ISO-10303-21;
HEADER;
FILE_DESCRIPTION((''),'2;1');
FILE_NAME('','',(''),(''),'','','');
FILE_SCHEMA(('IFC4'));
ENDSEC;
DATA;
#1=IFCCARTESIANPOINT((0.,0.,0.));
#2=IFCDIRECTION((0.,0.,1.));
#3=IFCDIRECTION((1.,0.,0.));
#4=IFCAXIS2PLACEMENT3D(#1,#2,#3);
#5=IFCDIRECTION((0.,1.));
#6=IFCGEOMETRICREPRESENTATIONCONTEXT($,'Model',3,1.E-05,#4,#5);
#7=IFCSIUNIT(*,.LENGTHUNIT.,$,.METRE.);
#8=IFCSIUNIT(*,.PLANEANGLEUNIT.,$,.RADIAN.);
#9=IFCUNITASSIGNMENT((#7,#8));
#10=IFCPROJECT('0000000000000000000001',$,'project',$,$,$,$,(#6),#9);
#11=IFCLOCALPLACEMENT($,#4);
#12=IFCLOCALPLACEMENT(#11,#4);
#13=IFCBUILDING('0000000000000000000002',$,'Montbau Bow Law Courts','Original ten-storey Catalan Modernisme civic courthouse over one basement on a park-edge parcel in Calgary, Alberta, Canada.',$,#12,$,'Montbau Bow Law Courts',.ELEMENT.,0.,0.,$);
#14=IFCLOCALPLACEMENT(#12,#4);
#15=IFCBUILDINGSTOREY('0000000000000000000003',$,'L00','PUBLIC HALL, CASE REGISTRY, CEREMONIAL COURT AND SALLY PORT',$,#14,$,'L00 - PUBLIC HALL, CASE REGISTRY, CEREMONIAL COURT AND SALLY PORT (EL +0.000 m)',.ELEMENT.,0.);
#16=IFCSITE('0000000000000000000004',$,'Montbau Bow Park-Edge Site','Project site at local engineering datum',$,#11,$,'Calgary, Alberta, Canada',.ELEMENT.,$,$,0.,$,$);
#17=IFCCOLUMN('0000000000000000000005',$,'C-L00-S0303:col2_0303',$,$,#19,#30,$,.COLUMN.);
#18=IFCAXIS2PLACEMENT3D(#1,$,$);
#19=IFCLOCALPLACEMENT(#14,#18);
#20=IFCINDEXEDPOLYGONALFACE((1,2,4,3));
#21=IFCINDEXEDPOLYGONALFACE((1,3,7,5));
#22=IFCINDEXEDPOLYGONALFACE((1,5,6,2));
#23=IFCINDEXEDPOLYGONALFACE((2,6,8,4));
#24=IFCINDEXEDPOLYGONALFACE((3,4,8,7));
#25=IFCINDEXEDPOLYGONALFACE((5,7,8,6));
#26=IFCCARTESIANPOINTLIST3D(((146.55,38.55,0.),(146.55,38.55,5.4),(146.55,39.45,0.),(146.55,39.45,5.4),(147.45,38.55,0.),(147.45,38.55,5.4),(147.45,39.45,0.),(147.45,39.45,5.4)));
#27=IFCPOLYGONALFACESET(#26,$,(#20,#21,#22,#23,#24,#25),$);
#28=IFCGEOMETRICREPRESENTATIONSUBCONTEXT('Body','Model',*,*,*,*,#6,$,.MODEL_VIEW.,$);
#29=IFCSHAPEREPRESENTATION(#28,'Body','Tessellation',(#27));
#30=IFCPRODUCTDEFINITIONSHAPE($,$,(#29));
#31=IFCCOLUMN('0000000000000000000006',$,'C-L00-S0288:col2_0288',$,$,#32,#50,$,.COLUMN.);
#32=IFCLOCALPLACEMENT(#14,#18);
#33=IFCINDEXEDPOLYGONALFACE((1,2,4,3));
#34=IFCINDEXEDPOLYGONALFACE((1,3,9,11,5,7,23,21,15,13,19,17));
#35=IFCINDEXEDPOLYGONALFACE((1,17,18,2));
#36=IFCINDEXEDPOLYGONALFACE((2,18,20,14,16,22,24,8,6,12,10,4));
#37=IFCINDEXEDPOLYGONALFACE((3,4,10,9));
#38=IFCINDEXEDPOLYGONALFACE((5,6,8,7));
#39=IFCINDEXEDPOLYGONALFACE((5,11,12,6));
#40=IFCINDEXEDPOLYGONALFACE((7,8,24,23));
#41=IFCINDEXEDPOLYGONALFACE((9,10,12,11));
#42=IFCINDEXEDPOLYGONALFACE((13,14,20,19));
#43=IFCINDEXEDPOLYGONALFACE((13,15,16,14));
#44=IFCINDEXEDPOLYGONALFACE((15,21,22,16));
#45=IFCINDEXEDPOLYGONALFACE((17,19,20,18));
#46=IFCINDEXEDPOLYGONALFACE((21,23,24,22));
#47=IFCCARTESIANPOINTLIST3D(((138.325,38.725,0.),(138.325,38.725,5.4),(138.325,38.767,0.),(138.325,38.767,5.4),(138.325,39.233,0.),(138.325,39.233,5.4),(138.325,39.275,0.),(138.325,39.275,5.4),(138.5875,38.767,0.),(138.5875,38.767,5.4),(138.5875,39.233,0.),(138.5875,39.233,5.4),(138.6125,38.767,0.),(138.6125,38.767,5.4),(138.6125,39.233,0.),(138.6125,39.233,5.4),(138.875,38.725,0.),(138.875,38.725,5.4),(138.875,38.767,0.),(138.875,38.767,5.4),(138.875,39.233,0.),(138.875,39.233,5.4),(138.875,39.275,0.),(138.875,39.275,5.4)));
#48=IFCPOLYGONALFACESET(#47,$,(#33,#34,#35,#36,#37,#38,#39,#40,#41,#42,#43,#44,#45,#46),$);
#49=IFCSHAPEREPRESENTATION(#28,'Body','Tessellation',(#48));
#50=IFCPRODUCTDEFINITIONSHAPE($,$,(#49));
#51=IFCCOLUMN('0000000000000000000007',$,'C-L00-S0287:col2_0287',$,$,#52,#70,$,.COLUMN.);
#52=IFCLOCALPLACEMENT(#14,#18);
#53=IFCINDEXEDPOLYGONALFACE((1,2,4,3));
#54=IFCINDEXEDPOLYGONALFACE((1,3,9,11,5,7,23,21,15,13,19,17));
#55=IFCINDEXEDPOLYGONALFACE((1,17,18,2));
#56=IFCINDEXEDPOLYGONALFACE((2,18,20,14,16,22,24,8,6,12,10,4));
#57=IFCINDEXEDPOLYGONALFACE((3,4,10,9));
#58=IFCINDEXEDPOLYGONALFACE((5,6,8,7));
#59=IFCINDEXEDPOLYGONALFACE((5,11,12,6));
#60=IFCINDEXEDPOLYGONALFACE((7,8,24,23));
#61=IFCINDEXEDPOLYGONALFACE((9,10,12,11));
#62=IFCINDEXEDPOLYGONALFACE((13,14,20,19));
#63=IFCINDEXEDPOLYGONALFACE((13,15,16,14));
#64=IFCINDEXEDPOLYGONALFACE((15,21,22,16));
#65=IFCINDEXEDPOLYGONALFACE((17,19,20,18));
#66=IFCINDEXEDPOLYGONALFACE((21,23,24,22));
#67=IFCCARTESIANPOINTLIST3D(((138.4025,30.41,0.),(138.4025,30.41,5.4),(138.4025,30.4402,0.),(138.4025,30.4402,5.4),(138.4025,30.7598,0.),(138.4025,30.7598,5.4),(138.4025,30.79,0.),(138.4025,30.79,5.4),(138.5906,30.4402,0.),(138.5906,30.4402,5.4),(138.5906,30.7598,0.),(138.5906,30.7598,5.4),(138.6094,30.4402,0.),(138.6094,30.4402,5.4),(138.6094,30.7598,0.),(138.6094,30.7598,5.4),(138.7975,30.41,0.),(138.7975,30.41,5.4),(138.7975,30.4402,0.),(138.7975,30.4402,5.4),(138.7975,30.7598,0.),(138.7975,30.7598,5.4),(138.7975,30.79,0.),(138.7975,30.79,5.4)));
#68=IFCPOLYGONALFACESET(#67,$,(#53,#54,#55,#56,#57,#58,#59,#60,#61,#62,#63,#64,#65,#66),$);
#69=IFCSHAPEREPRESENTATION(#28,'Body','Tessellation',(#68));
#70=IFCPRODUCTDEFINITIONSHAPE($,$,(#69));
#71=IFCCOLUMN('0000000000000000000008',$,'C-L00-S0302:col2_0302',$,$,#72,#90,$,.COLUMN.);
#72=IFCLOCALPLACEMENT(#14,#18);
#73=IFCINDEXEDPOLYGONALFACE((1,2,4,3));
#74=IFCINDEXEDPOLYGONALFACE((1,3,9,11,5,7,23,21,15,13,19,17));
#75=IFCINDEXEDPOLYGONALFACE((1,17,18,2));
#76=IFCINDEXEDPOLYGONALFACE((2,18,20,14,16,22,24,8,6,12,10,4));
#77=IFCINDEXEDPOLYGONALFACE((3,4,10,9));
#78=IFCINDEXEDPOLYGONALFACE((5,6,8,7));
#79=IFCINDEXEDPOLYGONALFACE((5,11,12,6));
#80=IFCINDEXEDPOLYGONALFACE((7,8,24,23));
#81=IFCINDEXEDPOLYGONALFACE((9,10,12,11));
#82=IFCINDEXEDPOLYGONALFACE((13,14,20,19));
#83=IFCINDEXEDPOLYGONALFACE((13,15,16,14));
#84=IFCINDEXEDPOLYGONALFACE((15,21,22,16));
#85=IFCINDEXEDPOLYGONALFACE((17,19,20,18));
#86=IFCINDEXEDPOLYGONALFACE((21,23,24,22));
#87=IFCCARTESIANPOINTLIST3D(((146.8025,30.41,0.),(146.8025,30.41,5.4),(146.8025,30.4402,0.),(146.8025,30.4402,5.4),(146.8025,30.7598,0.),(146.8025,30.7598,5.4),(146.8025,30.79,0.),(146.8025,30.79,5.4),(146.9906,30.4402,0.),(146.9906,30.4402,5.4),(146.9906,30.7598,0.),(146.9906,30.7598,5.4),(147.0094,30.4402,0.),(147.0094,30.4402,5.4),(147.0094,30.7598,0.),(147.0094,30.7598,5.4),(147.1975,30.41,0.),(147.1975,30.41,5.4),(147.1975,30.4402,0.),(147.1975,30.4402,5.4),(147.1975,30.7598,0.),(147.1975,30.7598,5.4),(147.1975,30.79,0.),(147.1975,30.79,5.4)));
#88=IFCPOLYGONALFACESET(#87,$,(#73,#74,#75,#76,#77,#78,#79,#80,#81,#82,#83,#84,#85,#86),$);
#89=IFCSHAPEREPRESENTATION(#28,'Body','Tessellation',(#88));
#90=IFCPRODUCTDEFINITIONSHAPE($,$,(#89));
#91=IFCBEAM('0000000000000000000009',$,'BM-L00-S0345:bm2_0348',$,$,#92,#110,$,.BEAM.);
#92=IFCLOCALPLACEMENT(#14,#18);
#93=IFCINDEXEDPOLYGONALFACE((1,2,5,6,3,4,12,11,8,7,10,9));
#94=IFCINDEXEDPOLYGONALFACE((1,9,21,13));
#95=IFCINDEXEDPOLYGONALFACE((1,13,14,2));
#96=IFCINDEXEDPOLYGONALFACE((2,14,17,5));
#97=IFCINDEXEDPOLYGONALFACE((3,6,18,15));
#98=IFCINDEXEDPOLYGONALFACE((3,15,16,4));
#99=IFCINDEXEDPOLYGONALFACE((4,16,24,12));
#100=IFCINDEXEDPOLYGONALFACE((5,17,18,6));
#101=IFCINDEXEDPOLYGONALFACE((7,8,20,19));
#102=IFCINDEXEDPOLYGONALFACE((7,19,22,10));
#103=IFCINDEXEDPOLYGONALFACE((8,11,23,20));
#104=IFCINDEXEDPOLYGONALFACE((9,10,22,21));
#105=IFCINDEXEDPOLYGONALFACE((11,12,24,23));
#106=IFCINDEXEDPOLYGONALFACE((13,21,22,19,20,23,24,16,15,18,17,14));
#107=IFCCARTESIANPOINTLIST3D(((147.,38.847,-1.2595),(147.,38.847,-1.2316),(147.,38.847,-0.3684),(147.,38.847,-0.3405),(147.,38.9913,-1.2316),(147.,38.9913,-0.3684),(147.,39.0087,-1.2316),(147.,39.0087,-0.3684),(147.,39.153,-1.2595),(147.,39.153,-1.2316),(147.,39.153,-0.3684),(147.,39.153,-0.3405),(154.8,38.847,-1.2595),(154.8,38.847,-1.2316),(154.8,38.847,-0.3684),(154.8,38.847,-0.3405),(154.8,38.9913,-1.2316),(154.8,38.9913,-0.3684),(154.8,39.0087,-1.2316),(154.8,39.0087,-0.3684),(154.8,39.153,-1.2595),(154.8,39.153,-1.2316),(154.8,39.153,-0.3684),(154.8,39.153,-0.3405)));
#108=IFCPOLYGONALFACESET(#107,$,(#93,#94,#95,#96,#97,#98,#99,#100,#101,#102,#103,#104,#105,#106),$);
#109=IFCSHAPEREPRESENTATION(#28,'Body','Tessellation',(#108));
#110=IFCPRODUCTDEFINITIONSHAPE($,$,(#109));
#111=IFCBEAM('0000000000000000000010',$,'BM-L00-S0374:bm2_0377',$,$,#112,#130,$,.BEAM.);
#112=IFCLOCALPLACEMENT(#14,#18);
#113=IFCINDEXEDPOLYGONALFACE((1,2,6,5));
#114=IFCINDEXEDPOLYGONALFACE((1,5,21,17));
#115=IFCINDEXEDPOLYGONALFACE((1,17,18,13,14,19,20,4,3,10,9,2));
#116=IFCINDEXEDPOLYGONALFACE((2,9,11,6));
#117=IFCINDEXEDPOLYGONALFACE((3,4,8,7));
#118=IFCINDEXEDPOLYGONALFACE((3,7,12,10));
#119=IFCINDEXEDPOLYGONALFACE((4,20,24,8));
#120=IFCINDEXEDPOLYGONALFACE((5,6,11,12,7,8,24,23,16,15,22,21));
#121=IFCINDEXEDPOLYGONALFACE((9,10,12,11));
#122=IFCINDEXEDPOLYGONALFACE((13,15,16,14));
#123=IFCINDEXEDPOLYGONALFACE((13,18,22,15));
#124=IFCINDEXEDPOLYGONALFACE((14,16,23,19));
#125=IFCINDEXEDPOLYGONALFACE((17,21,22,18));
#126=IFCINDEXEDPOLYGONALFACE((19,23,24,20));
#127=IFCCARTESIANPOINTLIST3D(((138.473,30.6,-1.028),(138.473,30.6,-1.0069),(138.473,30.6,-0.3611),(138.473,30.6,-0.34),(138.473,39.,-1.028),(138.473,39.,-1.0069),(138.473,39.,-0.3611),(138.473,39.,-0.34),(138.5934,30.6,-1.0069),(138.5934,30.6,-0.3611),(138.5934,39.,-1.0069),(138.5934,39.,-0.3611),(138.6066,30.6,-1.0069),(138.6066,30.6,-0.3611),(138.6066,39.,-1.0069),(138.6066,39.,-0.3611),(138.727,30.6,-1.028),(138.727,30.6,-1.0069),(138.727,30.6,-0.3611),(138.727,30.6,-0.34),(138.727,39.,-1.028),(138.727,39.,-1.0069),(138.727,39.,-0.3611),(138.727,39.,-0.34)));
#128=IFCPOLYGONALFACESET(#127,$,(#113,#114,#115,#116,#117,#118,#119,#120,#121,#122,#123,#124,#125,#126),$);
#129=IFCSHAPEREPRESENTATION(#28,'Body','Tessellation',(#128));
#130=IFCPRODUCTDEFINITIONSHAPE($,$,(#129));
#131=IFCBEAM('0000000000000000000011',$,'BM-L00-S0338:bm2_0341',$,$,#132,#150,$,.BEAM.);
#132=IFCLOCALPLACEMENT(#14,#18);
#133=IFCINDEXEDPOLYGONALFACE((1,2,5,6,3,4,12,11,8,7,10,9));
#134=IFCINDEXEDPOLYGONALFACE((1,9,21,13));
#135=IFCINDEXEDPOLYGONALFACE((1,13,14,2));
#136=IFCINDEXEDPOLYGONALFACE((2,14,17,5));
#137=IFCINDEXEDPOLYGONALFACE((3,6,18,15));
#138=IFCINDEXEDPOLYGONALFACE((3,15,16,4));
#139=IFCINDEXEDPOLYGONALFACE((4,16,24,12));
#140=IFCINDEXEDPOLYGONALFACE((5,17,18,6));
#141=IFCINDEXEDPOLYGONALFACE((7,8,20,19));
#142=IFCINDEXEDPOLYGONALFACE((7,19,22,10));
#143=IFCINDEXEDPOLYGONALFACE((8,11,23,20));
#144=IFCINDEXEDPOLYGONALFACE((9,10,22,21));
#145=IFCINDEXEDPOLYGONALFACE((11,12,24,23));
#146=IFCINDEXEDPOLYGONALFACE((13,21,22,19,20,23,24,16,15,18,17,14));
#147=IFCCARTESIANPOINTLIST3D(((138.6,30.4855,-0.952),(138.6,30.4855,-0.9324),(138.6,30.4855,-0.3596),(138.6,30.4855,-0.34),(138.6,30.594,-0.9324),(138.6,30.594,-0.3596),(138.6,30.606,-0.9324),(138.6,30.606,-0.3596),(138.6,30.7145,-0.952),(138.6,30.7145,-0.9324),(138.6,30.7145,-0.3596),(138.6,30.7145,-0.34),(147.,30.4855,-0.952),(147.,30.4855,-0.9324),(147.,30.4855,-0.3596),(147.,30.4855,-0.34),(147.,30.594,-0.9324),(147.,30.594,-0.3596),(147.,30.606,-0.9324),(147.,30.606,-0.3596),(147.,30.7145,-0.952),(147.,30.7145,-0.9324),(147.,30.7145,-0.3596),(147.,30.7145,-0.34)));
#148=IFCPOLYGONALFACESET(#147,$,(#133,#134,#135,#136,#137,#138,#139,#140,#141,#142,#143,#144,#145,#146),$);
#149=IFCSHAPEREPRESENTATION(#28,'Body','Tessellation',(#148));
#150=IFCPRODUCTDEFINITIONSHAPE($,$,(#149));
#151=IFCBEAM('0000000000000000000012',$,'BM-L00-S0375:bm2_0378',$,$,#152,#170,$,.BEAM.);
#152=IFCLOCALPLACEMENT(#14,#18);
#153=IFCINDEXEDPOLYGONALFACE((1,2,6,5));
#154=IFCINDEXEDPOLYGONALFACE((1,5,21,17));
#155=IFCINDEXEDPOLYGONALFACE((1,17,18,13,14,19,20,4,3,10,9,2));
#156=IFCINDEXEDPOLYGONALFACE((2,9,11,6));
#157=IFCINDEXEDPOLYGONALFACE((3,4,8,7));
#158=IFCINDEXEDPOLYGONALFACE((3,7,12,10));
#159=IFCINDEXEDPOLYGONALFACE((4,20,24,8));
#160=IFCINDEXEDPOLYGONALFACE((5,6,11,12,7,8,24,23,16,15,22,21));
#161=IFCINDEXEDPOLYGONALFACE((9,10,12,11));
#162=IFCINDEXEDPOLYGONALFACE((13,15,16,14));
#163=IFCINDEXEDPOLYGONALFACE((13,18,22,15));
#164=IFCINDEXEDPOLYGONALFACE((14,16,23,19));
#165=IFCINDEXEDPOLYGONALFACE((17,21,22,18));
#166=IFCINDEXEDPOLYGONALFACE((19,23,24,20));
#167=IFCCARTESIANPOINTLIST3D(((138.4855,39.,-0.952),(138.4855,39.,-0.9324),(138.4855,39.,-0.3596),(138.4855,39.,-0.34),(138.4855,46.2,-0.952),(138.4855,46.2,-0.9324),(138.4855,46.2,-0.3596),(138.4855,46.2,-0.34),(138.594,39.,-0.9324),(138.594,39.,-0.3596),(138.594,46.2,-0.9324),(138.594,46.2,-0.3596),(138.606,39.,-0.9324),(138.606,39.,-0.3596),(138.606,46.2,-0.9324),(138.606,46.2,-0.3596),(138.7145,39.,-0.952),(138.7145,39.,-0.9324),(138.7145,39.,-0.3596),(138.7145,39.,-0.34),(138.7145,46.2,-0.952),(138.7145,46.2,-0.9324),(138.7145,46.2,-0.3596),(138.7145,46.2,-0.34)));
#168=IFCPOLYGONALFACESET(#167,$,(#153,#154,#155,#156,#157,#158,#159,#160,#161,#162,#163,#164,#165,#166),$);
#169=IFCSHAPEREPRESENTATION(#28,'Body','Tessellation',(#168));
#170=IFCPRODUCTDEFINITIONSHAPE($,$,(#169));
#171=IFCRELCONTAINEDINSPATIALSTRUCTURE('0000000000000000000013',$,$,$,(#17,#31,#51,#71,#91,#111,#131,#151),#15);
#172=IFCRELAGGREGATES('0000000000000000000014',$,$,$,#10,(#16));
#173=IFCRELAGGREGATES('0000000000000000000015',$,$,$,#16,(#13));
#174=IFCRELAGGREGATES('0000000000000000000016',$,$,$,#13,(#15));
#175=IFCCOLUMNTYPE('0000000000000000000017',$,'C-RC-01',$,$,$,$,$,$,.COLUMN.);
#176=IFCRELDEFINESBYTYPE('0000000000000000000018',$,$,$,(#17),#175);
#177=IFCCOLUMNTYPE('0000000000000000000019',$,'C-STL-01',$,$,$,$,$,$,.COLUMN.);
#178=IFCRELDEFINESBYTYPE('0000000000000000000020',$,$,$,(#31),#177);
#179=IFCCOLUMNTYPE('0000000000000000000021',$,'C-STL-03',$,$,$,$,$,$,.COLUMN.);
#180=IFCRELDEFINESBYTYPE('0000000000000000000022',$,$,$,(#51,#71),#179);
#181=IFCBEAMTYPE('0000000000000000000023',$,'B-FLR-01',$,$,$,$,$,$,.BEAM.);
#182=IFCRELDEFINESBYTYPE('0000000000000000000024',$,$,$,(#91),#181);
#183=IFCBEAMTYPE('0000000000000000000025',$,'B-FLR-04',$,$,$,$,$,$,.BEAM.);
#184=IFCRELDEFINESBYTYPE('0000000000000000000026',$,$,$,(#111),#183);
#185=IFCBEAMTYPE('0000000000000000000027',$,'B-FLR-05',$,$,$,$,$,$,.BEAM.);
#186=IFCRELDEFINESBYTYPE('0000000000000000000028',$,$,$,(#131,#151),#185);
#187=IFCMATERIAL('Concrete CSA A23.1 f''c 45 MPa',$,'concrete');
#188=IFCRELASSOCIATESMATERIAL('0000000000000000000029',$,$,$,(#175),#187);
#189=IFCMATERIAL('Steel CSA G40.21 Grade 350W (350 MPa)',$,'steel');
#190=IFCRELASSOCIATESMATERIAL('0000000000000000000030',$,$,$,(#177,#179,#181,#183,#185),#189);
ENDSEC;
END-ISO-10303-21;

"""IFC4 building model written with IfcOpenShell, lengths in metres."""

from ifc_helpers import new_model, si_unit, direction, frame, origin_with_axes, origin_2d_with_axis, place, context, subcontext, project, spatial, rectangle, i_section, extrude, material, material_profile, profile_set, type_object, element, save


model = new_model("IFC4")

# Units and contexts
model_context = context("Model", 3, precision=1e-05, world=origin_with_axes(), true_north=direction((0.0, 1.0)))
body_context = subcontext(model_context, "Body", "Model", "MODEL_VIEW")
ifc_project = project(units=[si_unit("LENGTHUNIT", "METRE"), si_unit("PLANEANGLEUNIT", "RADIAN")], contexts=[model_context])

# Site, building, storey
site_placement = place(None, origin_with_axes())
site = spatial("IfcSite", under=ifc_project, at=site_placement, Name="Montbau Bow Park-Edge Site", Description="Project site at local engineering datum", LongName="Calgary, Alberta, Canada", CompositionType="ELEMENT", RefElevation=0.0)
building_placement = place(site_placement, origin_with_axes())
building = spatial("IfcBuilding", under=site, at=building_placement, Name="Montbau Bow Law Courts", Description="Original ten-storey Catalan Modernisme civic courthouse over one basement on a park-edge parcel in Calgary, Alberta, Canada.", LongName="Montbau Bow Law Courts", CompositionType="ELEMENT", ElevationOfRefHeight=0.0, ElevationOfTerrain=0.0)
storey_placement = place(building_placement, origin_with_axes())
storey = spatial("IfcBuildingStorey", under=building, at=storey_placement, Name="L00", Description="PUBLIC HALL, CASE REGISTRY, CEREMONIAL COURT AND SALLY PORT", LongName="L00 - PUBLIC HALL, CASE REGISTRY, CEREMONIAL COURT AND SALLY PORT (EL +0.000 m)", CompositionType="ELEMENT", Elevation=0.0)

# Columns
ifc_material_1 = material(Name="Concrete CSA A23.1 f'c 45 MPa", Category="concrete")
ifc_material_profile_1 = material_profile(ifc_material_1, rectangle(XDim=0.9, YDim=0.9, at=origin_2d_with_axis()), Name="RC900X900", Category="Main", Priority=0)
ifc_profile_set_1 = profile_set([ifc_material_profile_1], Name="Concrete CSA A23.1 f'c 45 MPa")
column_type_1 = type_object("IfcColumnType", Name="C-RC-01", PredefinedType="COLUMN", material=ifc_profile_set_1)
column_1_placement = place(None, frame((147.0, 39.0, 0.0), z_axis=(0.0, 0.0, 1.0), x_axis=(1.0, 0.0, 0.0)))
element("IfcColumn", 1, at=column_1_placement, inside=storey, type_object=column_type_1, Name="C-L00-S0303:col2_0303", PredefinedType="COLUMN", context=body_context, shape_type="SweptSolid", body=[
    extrude(rectangle(XDim=0.9, YDim=0.9, at=origin_2d_with_axis()), origin_with_axes(), (0.0, 0.0, 1.0), 5.4),
])
ifc_material_2 = material(Name="Steel CSA G40.21 Grade 350W (350 MPa)", Category="steel")
ifc_material_profile_2 = material_profile(ifc_material_2, i_section(OverallWidth=0.55, OverallDepth=0.55, WebThickness=0.025, FlangeThickness=0.042, at=origin_2d_with_axis()), Name="WWF550X420", Category="Main", Priority=0)
ifc_profile_set_2 = profile_set([ifc_material_profile_2], Name="Steel CSA G40.21 Grade 350W (350 MPa)")
column_type_2 = type_object("IfcColumnType", Name="C-STL-01", PredefinedType="COLUMN", material=ifc_profile_set_2)
column_2_placement = place(None, frame((138.6, 39.0, 0.0), z_axis=(0.0, 0.0, 1.0), x_axis=(1.0, 0.0, 0.0)))
element("IfcColumn", 2, at=column_2_placement, inside=storey, type_object=column_type_2, Name="C-L00-S0288:col2_0288", PredefinedType="COLUMN", context=body_context, shape_type="SweptSolid", body=[
    extrude(i_section(OverallWidth=0.55, OverallDepth=0.55, WebThickness=0.025, FlangeThickness=0.042, at=origin_2d_with_axis()), origin_with_axes(), (0.0, 0.0, 1.0), 5.4),
])
ifc_material_profile_3 = material_profile(ifc_material_2, i_section(OverallWidth=0.395, OverallDepth=0.38, WebThickness=0.0189, FlangeThickness=0.0302, at=origin_2d_with_axis()), Name="W360X237", Category="Main", Priority=0)
ifc_profile_set_3 = profile_set([ifc_material_profile_3], Name="Steel CSA G40.21 Grade 350W (350 MPa)")
column_type_3 = type_object("IfcColumnType", Name="C-STL-03", PredefinedType="COLUMN", material=ifc_profile_set_3)
for number, where, z_axis, x_axis, name in (
    (3, (138.6, 30.6, 0.0), (0.0, 0.0, 1.0), (1.0, 0.0, 0.0), "C-L00-S0287:col2_0287"),
    (4, (147.0, 30.6, 0.0), (0.0, 0.0, 1.0), (1.0, 0.0, 0.0), "C-L00-S0302:col2_0302"),
):
    element("IfcColumn", number, at=place(None, frame(where, z_axis=z_axis, x_axis=x_axis)), inside=storey, type_object=column_type_3, Name=name, PredefinedType="COLUMN", context=body_context, shape_type="SweptSolid", body=[
        extrude(i_section(OverallWidth=0.395, OverallDepth=0.38, WebThickness=0.0189, FlangeThickness=0.0302, at=origin_2d_with_axis()), origin_with_axes(), (0.0, 0.0, 1.0), 5.4),
    ])

# Beams
ifc_material_profile_4 = material_profile(ifc_material_2, i_section(OverallWidth=0.306, OverallDepth=0.919, WebThickness=0.0173, FlangeThickness=0.0279, at=origin_2d_with_axis()), Name="W920X253", Category="Main", Priority=0)
ifc_profile_set_4 = profile_set([ifc_material_profile_4], Name="Steel CSA G40.21 Grade 350W (350 MPa)")
beam_type_1 = type_object("IfcBeamType", Name="B-FLR-01", PredefinedType="BEAM", material=ifc_profile_set_4)
beam_1_placement = place(None, frame((147.0, 39.0, -0.8), z_axis=(1.0, 0.0, 0.0), x_axis=(0.0, 1.0, 0.0)))
element("IfcBeam", 5, at=beam_1_placement, inside=storey, type_object=beam_type_1, Name="BM-L00-S0345:bm2_0348", PredefinedType="BEAM", context=body_context, shape_type="SweptSolid", body=[
    extrude(i_section(OverallWidth=0.306, OverallDepth=0.919, WebThickness=0.0173, FlangeThickness=0.0279, at=origin_2d_with_axis()), origin_with_axes(), (0.0, 0.0, 1.0), 7.8),
])
ifc_material_profile_5 = material_profile(ifc_material_2, i_section(OverallWidth=0.254, OverallDepth=0.688, WebThickness=0.0131, FlangeThickness=0.0211, at=origin_2d_with_axis()), Name="W690X152", Category="Main", Priority=0)
ifc_profile_set_5 = profile_set([ifc_material_profile_5], Name="Steel CSA G40.21 Grade 350W (350 MPa)")
beam_type_2 = type_object("IfcBeamType", Name="B-FLR-04", PredefinedType="BEAM", material=ifc_profile_set_5)
beam_2_placement = place(None, frame((138.6, 30.6, -0.684), z_axis=(0.0, 1.0, 0.0), x_axis=(-1.0, 0.0, 0.0)))
element("IfcBeam", 6, at=beam_2_placement, inside=storey, type_object=beam_type_2, Name="BM-L00-S0374:bm2_0377", PredefinedType="BEAM", context=body_context, shape_type="SweptSolid", body=[
    extrude(i_section(OverallWidth=0.254, OverallDepth=0.688, WebThickness=0.0131, FlangeThickness=0.0211, at=origin_2d_with_axis()), origin_with_axes(), (0.0, 0.0, 1.0), 8.4),
])
ifc_material_profile_6 = material_profile(ifc_material_2, i_section(OverallWidth=0.229, OverallDepth=0.612, WebThickness=0.0119, FlangeThickness=0.0196, at=origin_2d_with_axis()), Name="W610X125", Category="Main", Priority=0)
ifc_profile_set_6 = profile_set([ifc_material_profile_6], Name="Steel CSA G40.21 Grade 350W (350 MPa)")
beam_type_3 = type_object("IfcBeamType", Name="B-FLR-05", PredefinedType="BEAM", material=ifc_profile_set_6)
beam_3_placement = place(None, frame((138.6, 30.6, -0.646), z_axis=(1.0, 0.0, 0.0), x_axis=(0.0, 1.0, 0.0)))
element("IfcBeam", 7, at=beam_3_placement, inside=storey, type_object=beam_type_3, Name="BM-L00-S0338:bm2_0341", PredefinedType="BEAM", context=body_context, shape_type="SweptSolid", body=[
    extrude(i_section(OverallWidth=0.229, OverallDepth=0.612, WebThickness=0.0119, FlangeThickness=0.0196, at=origin_2d_with_axis()), origin_with_axes(), (0.0, 0.0, 1.0), 8.4),
])
beam_4_placement = place(None, frame((138.6, 39.0, -0.646), z_axis=(0.0, 1.0, 0.0), x_axis=(-1.0, 0.0, 0.0)))
element("IfcBeam", 8, at=beam_4_placement, inside=storey, type_object=beam_type_3, Name="BM-L00-S0375:bm2_0378", PredefinedType="BEAM", context=body_context, shape_type="SweptSolid", body=[
    extrude(i_section(OverallWidth=0.229, OverallDepth=0.612, WebThickness=0.0119, FlangeThickness=0.0196, at=origin_2d_with_axis()), origin_with_axes(), (0.0, 0.0, 1.0), 7.2),
])

save(model, "model.ifc")
